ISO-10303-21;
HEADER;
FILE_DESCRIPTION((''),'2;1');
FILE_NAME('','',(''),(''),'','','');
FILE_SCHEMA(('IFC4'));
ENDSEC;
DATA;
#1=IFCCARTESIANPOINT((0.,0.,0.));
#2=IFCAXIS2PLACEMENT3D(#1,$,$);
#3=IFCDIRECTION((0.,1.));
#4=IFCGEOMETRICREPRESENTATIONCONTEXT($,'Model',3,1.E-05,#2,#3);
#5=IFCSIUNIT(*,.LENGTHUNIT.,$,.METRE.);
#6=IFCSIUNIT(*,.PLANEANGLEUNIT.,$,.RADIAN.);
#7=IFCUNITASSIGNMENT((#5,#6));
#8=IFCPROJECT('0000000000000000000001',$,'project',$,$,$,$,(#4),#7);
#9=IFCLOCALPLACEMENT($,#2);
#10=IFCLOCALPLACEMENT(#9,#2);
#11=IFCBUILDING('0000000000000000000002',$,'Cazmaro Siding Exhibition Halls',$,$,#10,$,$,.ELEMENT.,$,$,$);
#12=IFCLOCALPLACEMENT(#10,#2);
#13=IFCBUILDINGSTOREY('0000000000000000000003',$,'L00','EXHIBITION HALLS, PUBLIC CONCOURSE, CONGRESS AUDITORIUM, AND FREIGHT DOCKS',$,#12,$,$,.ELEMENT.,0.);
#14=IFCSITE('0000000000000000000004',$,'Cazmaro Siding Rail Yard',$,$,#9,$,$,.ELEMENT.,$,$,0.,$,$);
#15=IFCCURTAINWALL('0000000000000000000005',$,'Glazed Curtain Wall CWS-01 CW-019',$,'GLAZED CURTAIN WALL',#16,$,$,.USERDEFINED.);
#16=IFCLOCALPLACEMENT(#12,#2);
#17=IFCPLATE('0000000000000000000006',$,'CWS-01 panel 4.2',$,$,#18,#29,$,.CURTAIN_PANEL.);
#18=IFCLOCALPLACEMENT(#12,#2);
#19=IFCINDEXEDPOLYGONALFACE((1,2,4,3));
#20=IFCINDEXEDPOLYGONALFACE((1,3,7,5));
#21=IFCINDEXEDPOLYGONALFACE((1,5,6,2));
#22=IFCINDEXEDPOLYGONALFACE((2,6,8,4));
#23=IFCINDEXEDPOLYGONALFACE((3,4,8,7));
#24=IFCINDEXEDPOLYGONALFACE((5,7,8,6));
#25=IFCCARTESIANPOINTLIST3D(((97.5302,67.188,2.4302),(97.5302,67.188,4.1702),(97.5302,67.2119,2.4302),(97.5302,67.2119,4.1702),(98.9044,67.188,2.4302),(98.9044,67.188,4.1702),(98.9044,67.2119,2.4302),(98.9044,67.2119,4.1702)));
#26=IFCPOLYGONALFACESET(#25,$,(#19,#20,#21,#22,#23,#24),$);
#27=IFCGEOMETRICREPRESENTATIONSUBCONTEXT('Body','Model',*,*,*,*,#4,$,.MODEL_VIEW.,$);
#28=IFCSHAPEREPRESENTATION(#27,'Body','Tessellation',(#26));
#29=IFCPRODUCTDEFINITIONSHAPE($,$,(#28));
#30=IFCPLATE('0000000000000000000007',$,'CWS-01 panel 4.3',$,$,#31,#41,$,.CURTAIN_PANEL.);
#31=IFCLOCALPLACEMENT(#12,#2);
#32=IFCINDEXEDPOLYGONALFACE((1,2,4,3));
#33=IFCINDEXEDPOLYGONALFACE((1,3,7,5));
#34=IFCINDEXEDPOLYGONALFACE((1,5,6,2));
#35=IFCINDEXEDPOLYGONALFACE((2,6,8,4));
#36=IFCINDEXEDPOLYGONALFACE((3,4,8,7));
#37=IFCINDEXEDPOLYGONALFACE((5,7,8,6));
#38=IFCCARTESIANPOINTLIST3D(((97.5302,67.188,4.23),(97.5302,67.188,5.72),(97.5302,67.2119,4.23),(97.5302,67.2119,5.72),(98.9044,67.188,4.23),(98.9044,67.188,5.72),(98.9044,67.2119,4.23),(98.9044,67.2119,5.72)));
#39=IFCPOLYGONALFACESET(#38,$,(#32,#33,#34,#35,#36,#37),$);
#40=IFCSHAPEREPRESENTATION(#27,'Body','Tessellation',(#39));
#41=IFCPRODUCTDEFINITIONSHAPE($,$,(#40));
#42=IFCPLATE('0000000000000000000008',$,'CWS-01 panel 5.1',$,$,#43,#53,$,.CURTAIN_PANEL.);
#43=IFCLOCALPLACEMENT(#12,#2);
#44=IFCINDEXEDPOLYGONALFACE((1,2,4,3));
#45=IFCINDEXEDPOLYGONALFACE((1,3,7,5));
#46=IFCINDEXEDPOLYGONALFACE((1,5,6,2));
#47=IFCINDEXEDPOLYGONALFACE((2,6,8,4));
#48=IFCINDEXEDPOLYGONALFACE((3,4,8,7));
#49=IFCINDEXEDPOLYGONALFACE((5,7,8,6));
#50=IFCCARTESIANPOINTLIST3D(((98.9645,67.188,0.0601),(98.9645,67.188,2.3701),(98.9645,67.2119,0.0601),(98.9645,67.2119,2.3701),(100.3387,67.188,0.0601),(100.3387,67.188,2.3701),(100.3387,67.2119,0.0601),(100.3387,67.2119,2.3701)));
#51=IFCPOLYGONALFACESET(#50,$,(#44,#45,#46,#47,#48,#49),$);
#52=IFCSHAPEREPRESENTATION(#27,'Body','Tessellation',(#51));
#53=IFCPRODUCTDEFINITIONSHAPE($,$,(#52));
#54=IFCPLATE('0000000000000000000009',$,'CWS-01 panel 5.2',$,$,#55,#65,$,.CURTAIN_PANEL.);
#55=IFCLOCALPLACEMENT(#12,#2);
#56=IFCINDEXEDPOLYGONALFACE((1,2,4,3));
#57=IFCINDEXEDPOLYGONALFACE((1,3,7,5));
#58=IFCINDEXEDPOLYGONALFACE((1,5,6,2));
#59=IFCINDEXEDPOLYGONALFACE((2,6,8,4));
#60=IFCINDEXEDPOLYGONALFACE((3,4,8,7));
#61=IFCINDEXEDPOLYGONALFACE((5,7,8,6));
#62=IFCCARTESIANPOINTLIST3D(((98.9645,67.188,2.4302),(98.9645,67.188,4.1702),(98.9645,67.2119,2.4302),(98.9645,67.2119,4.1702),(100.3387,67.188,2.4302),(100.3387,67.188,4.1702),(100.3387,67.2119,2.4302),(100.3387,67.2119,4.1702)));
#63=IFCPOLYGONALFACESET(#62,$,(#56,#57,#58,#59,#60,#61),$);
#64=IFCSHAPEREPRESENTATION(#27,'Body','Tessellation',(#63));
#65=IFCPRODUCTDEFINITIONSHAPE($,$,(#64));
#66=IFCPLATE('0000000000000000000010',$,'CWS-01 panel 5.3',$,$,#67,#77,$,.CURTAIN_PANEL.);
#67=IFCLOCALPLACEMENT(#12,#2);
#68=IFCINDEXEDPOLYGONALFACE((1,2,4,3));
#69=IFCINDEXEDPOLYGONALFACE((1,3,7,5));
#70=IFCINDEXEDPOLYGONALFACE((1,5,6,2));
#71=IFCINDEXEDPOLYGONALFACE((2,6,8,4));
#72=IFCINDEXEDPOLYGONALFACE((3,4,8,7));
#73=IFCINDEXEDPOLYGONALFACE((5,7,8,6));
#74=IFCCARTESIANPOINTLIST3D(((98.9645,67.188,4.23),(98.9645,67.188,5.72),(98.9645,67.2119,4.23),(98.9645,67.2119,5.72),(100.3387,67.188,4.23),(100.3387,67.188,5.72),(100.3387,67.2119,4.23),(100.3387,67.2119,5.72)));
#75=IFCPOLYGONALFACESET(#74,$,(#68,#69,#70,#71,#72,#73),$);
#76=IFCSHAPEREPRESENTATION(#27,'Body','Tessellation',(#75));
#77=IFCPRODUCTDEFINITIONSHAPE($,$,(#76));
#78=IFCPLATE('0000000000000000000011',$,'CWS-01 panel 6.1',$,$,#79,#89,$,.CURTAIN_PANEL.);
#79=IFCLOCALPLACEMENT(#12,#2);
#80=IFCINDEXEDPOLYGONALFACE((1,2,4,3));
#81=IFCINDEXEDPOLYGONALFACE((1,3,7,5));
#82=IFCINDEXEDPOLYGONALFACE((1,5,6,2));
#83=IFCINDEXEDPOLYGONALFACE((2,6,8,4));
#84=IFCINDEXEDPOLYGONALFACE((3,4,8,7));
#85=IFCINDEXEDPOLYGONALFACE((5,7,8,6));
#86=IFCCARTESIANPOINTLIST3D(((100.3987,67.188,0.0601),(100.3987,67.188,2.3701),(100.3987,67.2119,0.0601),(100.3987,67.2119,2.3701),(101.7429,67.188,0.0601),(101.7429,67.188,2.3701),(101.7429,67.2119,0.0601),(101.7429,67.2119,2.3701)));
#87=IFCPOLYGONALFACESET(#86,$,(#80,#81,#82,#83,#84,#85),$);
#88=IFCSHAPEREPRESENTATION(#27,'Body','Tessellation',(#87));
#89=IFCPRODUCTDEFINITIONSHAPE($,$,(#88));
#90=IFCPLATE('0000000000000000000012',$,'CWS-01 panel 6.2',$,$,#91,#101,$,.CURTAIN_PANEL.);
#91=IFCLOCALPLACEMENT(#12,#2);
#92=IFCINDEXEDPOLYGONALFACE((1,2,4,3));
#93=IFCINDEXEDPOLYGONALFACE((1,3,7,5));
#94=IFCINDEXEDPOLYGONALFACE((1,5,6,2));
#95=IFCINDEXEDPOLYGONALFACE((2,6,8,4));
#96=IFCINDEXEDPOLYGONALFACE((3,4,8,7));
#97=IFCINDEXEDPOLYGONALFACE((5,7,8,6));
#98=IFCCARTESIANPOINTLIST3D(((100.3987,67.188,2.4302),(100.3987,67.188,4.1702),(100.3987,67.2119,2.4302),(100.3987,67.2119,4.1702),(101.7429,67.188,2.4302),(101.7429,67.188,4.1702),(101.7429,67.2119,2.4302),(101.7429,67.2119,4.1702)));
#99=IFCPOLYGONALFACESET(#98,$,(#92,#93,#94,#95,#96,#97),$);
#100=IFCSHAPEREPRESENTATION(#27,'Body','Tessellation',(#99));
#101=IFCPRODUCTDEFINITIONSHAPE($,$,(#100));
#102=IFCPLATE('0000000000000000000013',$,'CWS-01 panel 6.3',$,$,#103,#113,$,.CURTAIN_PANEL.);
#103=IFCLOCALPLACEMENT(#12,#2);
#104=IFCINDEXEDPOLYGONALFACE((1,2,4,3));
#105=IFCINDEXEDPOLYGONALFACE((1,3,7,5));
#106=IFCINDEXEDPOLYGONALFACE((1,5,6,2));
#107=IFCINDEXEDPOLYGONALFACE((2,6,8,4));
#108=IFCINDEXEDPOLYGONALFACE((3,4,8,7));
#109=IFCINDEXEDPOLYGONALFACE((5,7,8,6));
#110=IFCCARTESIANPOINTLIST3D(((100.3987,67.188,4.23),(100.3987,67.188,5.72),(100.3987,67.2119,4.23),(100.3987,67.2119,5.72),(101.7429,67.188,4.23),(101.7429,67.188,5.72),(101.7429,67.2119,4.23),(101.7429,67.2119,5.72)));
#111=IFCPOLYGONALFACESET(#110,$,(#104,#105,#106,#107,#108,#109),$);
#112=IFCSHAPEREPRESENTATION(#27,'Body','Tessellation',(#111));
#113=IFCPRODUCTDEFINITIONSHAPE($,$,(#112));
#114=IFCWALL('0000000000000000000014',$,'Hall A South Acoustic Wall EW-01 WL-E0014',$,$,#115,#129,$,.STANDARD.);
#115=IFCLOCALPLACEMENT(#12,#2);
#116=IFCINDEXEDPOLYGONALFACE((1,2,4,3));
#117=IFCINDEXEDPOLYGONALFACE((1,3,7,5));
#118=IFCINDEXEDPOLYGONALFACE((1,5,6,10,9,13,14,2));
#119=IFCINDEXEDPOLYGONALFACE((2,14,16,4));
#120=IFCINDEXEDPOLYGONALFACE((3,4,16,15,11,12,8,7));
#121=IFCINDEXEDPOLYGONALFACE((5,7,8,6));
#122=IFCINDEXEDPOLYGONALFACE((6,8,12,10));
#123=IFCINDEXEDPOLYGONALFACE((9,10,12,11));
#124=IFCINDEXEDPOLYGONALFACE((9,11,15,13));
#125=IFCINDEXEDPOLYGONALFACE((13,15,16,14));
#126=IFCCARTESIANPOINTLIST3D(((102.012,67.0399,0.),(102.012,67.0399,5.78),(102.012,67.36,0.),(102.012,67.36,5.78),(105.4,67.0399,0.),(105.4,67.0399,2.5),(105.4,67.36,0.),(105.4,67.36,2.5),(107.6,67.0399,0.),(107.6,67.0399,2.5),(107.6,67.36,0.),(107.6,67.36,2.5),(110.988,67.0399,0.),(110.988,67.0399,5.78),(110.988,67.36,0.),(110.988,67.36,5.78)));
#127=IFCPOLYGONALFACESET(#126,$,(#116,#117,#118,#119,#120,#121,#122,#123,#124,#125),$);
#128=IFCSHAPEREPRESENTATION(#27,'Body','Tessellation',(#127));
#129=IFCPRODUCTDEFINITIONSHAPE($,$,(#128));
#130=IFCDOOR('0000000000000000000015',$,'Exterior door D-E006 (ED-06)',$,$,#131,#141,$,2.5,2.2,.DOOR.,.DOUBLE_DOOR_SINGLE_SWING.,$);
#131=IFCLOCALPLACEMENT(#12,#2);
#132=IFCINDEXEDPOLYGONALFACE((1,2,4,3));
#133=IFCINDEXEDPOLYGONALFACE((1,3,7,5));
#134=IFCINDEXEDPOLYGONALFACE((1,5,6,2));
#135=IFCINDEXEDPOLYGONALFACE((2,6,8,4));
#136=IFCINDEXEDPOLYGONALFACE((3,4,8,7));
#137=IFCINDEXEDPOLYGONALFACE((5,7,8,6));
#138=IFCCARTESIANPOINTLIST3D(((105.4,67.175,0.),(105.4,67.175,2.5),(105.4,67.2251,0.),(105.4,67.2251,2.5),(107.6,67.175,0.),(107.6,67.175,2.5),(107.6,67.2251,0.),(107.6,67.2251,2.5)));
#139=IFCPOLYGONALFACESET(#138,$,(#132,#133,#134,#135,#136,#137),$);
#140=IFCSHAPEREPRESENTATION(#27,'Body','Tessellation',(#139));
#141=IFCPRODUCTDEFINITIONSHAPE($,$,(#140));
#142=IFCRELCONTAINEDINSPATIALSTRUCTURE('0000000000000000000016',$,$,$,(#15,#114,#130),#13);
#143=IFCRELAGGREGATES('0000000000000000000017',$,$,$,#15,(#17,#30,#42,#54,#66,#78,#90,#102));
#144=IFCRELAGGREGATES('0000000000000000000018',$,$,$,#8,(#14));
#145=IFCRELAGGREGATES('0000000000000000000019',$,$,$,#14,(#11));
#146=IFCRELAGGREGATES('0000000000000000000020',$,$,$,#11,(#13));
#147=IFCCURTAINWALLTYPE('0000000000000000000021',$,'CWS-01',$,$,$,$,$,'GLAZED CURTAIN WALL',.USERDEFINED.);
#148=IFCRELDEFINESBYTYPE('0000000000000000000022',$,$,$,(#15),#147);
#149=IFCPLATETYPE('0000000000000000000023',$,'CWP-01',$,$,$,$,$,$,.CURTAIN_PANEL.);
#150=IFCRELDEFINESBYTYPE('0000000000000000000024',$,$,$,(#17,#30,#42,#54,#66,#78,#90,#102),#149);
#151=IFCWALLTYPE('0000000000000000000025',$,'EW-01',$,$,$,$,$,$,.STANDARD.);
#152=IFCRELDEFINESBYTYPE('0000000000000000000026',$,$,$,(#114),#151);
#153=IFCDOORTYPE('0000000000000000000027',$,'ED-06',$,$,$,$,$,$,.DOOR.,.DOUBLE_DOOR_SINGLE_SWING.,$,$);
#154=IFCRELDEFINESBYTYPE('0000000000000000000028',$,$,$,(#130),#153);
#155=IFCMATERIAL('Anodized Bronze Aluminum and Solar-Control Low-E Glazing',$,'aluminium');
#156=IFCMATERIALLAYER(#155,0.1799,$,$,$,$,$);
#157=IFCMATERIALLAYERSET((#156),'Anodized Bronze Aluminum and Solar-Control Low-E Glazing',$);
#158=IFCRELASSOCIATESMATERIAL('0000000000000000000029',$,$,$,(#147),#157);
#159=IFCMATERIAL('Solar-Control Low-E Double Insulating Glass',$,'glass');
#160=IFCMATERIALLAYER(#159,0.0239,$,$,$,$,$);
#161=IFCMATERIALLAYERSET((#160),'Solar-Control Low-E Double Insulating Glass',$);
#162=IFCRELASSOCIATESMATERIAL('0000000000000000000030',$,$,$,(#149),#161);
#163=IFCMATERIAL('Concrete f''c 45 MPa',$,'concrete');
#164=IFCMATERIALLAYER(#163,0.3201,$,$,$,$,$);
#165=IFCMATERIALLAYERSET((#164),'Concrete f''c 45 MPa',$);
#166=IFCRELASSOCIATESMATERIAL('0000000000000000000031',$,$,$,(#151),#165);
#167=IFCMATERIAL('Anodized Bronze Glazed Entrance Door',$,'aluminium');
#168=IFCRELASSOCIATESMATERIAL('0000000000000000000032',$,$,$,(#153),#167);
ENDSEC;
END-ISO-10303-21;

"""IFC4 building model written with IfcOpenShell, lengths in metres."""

from ifc_helpers import new_model, si_unit, direction, frame, frame_2d, origin, origin_2d, place, context, subcontext, project, spatial, rectangle, extrude, material, layer, layer_set, type_object, element, fill, aggregate, save


model = new_model("IFC4")

# Units and contexts
model_context = context("Model", 3, precision=1e-05, world=origin(), true_north=direction((0.0, 1.0)))
body_context = subcontext(model_context, "Body", "Model", "MODEL_VIEW")
ifc_project = project(units=[si_unit("LENGTHUNIT", "METRE"), si_unit("PLANEANGLEUNIT", "RADIAN")], contexts=[model_context])

# Site, building, storey
site_placement = place(None, origin())
site = spatial("IfcSite", under=ifc_project, at=site_placement, Name="Cazmaro Siding Rail Yard", CompositionType="ELEMENT", RefElevation=0.0)
building_placement = place(site_placement, origin())
building = spatial("IfcBuilding", under=site, at=building_placement, Name="Cazmaro Siding Exhibition Halls", CompositionType="ELEMENT")
storey_placement = place(building_placement, origin())
storey = spatial("IfcBuildingStorey", under=building, at=storey_placement, Name="L00", Description="EXHIBITION HALLS, PUBLIC CONCOURSE, CONGRESS AUDITORIUM, AND FREIGHT DOCKS", CompositionType="ELEMENT", Elevation=0.0)

# Curtain wall, plates
ifc_material_1 = material(Name="Anodized Bronze Aluminum and Solar-Control Low-E Glazing", Category="aluminium")
ifc_layer_1 = layer(ifc_material_1, 0.1799)
ifc_layer_set_1 = layer_set([ifc_layer_1], Name="Anodized Bronze Aluminum and Solar-Control Low-E Glazing")
curtain_wall_type = type_object("IfcCurtainWallType", Name="CWS-01", ElementType="GLAZED CURTAIN WALL", PredefinedType="USERDEFINED", material=ifc_layer_set_1)
curtain_wall_placement = place(storey_placement, origin())
curtain_wall = element("IfcCurtainWall", 1, at=curtain_wall_placement, inside=storey, type_object=curtain_wall_type, Name="Glazed Curtain Wall CWS-01 CW-019", ObjectType="GLAZED CURTAIN WALL", PredefinedType="USERDEFINED")
ifc_material_2 = material(Name="Solar-Control Low-E Double Insulating Glass", Category="glass")
ifc_layer_2 = layer(ifc_material_2, 0.0239)
ifc_layer_set_2 = layer_set([ifc_layer_2], Name="Solar-Control Low-E Double Insulating Glass")
plate_type = type_object("IfcPlateType", Name="CWP-01", PredefinedType="CURTAIN_PANEL", material=ifc_layer_set_2)
plate_1_placement = place(storey_placement, frame((98.2173, 67.2, 2.4302), z_axis=(0.0, 0.0, 1.0), x_axis=(1.0, 0.0, 0.0)))
plate_1 = element("IfcPlate", 2, at=plate_1_placement, type_object=plate_type, Name="CWS-01 panel 4.2", PredefinedType="CURTAIN_PANEL", context=body_context, shape_type="SweptSolid", body=[
    extrude(rectangle(XDim=1.3743, YDim=0.0239, at=origin_2d()), origin(), (0.0, 0.0, 1.0), 1.74),
])
plate_2_placement = place(storey_placement, frame((98.2173, 67.2, 4.23), z_axis=(0.0, 0.0, 1.0), x_axis=(1.0, 0.0, 0.0)))
plate_2 = element("IfcPlate", 3, at=plate_2_placement, type_object=plate_type, Name="CWS-01 panel 4.3", PredefinedType="CURTAIN_PANEL", context=body_context, shape_type="SweptSolid", body=[
    extrude(rectangle(XDim=1.3743, YDim=0.0239, at=origin_2d()), origin(), (0.0, 0.0, 1.0), 1.49),
])
plate_3_placement = place(storey_placement, frame((99.6516, 67.2, 0.0601), z_axis=(0.0, 0.0, 1.0), x_axis=(1.0, 0.0, 0.0)))
plate_3 = element("IfcPlate", 4, at=plate_3_placement, type_object=plate_type, Name="CWS-01 panel 5.1", PredefinedType="CURTAIN_PANEL", context=body_context, shape_type="SweptSolid", body=[
    extrude(rectangle(XDim=1.3743, YDim=0.0239, at=origin_2d()), origin(), (0.0, 0.0, 1.0), 2.3101),
])
plate_4_placement = place(storey_placement, frame((99.6516, 67.2, 2.4302), z_axis=(0.0, 0.0, 1.0), x_axis=(1.0, 0.0, 0.0)))
plate_4 = element("IfcPlate", 5, at=plate_4_placement, type_object=plate_type, Name="CWS-01 panel 5.2", PredefinedType="CURTAIN_PANEL", context=body_context, shape_type="SweptSolid", body=[
    extrude(rectangle(XDim=1.3743, YDim=0.0239, at=origin_2d()), origin(), (0.0, 0.0, 1.0), 1.74),
])
plate_5_placement = place(storey_placement, frame((99.6516, 67.2, 4.23), z_axis=(0.0, 0.0, 1.0), x_axis=(1.0, 0.0, 0.0)))
plate_5 = element("IfcPlate", 6, at=plate_5_placement, type_object=plate_type, Name="CWS-01 panel 5.3", PredefinedType="CURTAIN_PANEL", context=body_context, shape_type="SweptSolid", body=[
    extrude(rectangle(XDim=1.3743, YDim=0.0239, at=origin_2d()), origin(), (0.0, 0.0, 1.0), 1.49),
])
plate_6_placement = place(storey_placement, frame((101.0708, 67.2, 0.0601), z_axis=(0.0, 0.0, 1.0), x_axis=(1.0, 0.0, 0.0)))
plate_6 = element("IfcPlate", 7, at=plate_6_placement, type_object=plate_type, Name="CWS-01 panel 6.1", PredefinedType="CURTAIN_PANEL", context=body_context, shape_type="SweptSolid", body=[
    extrude(rectangle(XDim=1.3442, YDim=0.0239, at=origin_2d()), origin(), (0.0, 0.0, 1.0), 2.3101),
])
plate_7_placement = place(storey_placement, frame((101.0708, 67.2, 2.4302), z_axis=(0.0, 0.0, 1.0), x_axis=(1.0, 0.0, 0.0)))
plate_7 = element("IfcPlate", 8, at=plate_7_placement, type_object=plate_type, Name="CWS-01 panel 6.2", PredefinedType="CURTAIN_PANEL", context=body_context, shape_type="SweptSolid", body=[
    extrude(rectangle(XDim=1.3442, YDim=0.0239, at=origin_2d()), origin(), (0.0, 0.0, 1.0), 1.74),
])
plate_8_placement = place(storey_placement, frame((101.0708, 67.2, 4.23), z_axis=(0.0, 0.0, 1.0), x_axis=(1.0, 0.0, 0.0)))
plate_8 = element("IfcPlate", 9, at=plate_8_placement, type_object=plate_type, Name="CWS-01 panel 6.3", PredefinedType="CURTAIN_PANEL", context=body_context, shape_type="SweptSolid", body=[
    extrude(rectangle(XDim=1.3442, YDim=0.0239, at=origin_2d()), origin(), (0.0, 0.0, 1.0), 1.49),
])
aggregate(curtain_wall, [plate_1, plate_2, plate_3, plate_4, plate_5, plate_6, plate_7, plate_8])

# Wall, opening, door
ifc_material_3 = material(Name="Concrete f'c 45 MPa", Category="concrete")
ifc_layer_3 = layer(ifc_material_3, 0.3201)
ifc_layer_set_3 = layer_set([ifc_layer_3], Name="Concrete f'c 45 MPa")
wall_type = type_object("IfcWallType", Name="EW-01", PredefinedType="STANDARD", material=ifc_layer_set_3)
wall_placement = place(storey_placement, frame((110.988, 67.2, 0.0), z_axis=(0.0, 0.0, 1.0), x_axis=(-1.0, 0.0, 0.0)))
wall = element("IfcWall", 10, at=wall_placement, inside=storey, type_object=wall_type, Name="Hall A South Acoustic Wall EW-01 WL-E0014", PredefinedType="STANDARD", context=body_context, shape_type="SweptSolid", body=[
    extrude(rectangle(XDim=8.9761, YDim=0.3201, at=frame_2d((4.488, 0.0))), origin(), (0.0, 0.0, 1.0), 5.78),
])
opening_placement = place(wall_placement, frame((3.3879, 0.0, 0.0)))
opening = element("IfcOpeningElement", 11, at=opening_placement, cuts=wall, PredefinedType="OPENING", context=body_context, shape_type="SweptSolid", body=[
    extrude(rectangle(XDim=2.2, YDim=2.5, at=frame_2d((1.1001, 1.25))), frame((0.0, 0.1699, 0.0), z_axis=(0.0, -1.0, 0.0), x_axis=(1.0, 0.0, 0.0)), (0.0, 0.0, 1.0), 0.3401),
])
ifc_material_4 = material(Name="Anodized Bronze Glazed Entrance Door", Category="aluminium")
door_type = type_object("IfcDoorType", Name="ED-06", OperationType="DOUBLE_DOOR_SINGLE_SWING", PredefinedType="DOOR", material=ifc_material_4)
door_placement = place(opening_placement, origin())
door = element("IfcDoor", 12, at=door_placement, inside=storey, type_object=door_type, Name="Exterior door D-E006 (ED-06)", OperationType="DOUBLE_DOOR_SINGLE_SWING", OverallHeight=2.5, OverallWidth=2.2, PredefinedType="DOOR", context=body_context, shape_type="SweptSolid", body=[
    extrude(rectangle(XDim=2.2, YDim=2.5, at=frame_2d((1.1001, 1.25))), frame((0.0, 0.0249, 0.0), z_axis=(0.0, -1.0, 0.0), x_axis=(1.0, 0.0, 0.0)), (0.0, 0.0, 1.0), 0.05),
])
fill(opening, door)

save(model, "model.ifc")
